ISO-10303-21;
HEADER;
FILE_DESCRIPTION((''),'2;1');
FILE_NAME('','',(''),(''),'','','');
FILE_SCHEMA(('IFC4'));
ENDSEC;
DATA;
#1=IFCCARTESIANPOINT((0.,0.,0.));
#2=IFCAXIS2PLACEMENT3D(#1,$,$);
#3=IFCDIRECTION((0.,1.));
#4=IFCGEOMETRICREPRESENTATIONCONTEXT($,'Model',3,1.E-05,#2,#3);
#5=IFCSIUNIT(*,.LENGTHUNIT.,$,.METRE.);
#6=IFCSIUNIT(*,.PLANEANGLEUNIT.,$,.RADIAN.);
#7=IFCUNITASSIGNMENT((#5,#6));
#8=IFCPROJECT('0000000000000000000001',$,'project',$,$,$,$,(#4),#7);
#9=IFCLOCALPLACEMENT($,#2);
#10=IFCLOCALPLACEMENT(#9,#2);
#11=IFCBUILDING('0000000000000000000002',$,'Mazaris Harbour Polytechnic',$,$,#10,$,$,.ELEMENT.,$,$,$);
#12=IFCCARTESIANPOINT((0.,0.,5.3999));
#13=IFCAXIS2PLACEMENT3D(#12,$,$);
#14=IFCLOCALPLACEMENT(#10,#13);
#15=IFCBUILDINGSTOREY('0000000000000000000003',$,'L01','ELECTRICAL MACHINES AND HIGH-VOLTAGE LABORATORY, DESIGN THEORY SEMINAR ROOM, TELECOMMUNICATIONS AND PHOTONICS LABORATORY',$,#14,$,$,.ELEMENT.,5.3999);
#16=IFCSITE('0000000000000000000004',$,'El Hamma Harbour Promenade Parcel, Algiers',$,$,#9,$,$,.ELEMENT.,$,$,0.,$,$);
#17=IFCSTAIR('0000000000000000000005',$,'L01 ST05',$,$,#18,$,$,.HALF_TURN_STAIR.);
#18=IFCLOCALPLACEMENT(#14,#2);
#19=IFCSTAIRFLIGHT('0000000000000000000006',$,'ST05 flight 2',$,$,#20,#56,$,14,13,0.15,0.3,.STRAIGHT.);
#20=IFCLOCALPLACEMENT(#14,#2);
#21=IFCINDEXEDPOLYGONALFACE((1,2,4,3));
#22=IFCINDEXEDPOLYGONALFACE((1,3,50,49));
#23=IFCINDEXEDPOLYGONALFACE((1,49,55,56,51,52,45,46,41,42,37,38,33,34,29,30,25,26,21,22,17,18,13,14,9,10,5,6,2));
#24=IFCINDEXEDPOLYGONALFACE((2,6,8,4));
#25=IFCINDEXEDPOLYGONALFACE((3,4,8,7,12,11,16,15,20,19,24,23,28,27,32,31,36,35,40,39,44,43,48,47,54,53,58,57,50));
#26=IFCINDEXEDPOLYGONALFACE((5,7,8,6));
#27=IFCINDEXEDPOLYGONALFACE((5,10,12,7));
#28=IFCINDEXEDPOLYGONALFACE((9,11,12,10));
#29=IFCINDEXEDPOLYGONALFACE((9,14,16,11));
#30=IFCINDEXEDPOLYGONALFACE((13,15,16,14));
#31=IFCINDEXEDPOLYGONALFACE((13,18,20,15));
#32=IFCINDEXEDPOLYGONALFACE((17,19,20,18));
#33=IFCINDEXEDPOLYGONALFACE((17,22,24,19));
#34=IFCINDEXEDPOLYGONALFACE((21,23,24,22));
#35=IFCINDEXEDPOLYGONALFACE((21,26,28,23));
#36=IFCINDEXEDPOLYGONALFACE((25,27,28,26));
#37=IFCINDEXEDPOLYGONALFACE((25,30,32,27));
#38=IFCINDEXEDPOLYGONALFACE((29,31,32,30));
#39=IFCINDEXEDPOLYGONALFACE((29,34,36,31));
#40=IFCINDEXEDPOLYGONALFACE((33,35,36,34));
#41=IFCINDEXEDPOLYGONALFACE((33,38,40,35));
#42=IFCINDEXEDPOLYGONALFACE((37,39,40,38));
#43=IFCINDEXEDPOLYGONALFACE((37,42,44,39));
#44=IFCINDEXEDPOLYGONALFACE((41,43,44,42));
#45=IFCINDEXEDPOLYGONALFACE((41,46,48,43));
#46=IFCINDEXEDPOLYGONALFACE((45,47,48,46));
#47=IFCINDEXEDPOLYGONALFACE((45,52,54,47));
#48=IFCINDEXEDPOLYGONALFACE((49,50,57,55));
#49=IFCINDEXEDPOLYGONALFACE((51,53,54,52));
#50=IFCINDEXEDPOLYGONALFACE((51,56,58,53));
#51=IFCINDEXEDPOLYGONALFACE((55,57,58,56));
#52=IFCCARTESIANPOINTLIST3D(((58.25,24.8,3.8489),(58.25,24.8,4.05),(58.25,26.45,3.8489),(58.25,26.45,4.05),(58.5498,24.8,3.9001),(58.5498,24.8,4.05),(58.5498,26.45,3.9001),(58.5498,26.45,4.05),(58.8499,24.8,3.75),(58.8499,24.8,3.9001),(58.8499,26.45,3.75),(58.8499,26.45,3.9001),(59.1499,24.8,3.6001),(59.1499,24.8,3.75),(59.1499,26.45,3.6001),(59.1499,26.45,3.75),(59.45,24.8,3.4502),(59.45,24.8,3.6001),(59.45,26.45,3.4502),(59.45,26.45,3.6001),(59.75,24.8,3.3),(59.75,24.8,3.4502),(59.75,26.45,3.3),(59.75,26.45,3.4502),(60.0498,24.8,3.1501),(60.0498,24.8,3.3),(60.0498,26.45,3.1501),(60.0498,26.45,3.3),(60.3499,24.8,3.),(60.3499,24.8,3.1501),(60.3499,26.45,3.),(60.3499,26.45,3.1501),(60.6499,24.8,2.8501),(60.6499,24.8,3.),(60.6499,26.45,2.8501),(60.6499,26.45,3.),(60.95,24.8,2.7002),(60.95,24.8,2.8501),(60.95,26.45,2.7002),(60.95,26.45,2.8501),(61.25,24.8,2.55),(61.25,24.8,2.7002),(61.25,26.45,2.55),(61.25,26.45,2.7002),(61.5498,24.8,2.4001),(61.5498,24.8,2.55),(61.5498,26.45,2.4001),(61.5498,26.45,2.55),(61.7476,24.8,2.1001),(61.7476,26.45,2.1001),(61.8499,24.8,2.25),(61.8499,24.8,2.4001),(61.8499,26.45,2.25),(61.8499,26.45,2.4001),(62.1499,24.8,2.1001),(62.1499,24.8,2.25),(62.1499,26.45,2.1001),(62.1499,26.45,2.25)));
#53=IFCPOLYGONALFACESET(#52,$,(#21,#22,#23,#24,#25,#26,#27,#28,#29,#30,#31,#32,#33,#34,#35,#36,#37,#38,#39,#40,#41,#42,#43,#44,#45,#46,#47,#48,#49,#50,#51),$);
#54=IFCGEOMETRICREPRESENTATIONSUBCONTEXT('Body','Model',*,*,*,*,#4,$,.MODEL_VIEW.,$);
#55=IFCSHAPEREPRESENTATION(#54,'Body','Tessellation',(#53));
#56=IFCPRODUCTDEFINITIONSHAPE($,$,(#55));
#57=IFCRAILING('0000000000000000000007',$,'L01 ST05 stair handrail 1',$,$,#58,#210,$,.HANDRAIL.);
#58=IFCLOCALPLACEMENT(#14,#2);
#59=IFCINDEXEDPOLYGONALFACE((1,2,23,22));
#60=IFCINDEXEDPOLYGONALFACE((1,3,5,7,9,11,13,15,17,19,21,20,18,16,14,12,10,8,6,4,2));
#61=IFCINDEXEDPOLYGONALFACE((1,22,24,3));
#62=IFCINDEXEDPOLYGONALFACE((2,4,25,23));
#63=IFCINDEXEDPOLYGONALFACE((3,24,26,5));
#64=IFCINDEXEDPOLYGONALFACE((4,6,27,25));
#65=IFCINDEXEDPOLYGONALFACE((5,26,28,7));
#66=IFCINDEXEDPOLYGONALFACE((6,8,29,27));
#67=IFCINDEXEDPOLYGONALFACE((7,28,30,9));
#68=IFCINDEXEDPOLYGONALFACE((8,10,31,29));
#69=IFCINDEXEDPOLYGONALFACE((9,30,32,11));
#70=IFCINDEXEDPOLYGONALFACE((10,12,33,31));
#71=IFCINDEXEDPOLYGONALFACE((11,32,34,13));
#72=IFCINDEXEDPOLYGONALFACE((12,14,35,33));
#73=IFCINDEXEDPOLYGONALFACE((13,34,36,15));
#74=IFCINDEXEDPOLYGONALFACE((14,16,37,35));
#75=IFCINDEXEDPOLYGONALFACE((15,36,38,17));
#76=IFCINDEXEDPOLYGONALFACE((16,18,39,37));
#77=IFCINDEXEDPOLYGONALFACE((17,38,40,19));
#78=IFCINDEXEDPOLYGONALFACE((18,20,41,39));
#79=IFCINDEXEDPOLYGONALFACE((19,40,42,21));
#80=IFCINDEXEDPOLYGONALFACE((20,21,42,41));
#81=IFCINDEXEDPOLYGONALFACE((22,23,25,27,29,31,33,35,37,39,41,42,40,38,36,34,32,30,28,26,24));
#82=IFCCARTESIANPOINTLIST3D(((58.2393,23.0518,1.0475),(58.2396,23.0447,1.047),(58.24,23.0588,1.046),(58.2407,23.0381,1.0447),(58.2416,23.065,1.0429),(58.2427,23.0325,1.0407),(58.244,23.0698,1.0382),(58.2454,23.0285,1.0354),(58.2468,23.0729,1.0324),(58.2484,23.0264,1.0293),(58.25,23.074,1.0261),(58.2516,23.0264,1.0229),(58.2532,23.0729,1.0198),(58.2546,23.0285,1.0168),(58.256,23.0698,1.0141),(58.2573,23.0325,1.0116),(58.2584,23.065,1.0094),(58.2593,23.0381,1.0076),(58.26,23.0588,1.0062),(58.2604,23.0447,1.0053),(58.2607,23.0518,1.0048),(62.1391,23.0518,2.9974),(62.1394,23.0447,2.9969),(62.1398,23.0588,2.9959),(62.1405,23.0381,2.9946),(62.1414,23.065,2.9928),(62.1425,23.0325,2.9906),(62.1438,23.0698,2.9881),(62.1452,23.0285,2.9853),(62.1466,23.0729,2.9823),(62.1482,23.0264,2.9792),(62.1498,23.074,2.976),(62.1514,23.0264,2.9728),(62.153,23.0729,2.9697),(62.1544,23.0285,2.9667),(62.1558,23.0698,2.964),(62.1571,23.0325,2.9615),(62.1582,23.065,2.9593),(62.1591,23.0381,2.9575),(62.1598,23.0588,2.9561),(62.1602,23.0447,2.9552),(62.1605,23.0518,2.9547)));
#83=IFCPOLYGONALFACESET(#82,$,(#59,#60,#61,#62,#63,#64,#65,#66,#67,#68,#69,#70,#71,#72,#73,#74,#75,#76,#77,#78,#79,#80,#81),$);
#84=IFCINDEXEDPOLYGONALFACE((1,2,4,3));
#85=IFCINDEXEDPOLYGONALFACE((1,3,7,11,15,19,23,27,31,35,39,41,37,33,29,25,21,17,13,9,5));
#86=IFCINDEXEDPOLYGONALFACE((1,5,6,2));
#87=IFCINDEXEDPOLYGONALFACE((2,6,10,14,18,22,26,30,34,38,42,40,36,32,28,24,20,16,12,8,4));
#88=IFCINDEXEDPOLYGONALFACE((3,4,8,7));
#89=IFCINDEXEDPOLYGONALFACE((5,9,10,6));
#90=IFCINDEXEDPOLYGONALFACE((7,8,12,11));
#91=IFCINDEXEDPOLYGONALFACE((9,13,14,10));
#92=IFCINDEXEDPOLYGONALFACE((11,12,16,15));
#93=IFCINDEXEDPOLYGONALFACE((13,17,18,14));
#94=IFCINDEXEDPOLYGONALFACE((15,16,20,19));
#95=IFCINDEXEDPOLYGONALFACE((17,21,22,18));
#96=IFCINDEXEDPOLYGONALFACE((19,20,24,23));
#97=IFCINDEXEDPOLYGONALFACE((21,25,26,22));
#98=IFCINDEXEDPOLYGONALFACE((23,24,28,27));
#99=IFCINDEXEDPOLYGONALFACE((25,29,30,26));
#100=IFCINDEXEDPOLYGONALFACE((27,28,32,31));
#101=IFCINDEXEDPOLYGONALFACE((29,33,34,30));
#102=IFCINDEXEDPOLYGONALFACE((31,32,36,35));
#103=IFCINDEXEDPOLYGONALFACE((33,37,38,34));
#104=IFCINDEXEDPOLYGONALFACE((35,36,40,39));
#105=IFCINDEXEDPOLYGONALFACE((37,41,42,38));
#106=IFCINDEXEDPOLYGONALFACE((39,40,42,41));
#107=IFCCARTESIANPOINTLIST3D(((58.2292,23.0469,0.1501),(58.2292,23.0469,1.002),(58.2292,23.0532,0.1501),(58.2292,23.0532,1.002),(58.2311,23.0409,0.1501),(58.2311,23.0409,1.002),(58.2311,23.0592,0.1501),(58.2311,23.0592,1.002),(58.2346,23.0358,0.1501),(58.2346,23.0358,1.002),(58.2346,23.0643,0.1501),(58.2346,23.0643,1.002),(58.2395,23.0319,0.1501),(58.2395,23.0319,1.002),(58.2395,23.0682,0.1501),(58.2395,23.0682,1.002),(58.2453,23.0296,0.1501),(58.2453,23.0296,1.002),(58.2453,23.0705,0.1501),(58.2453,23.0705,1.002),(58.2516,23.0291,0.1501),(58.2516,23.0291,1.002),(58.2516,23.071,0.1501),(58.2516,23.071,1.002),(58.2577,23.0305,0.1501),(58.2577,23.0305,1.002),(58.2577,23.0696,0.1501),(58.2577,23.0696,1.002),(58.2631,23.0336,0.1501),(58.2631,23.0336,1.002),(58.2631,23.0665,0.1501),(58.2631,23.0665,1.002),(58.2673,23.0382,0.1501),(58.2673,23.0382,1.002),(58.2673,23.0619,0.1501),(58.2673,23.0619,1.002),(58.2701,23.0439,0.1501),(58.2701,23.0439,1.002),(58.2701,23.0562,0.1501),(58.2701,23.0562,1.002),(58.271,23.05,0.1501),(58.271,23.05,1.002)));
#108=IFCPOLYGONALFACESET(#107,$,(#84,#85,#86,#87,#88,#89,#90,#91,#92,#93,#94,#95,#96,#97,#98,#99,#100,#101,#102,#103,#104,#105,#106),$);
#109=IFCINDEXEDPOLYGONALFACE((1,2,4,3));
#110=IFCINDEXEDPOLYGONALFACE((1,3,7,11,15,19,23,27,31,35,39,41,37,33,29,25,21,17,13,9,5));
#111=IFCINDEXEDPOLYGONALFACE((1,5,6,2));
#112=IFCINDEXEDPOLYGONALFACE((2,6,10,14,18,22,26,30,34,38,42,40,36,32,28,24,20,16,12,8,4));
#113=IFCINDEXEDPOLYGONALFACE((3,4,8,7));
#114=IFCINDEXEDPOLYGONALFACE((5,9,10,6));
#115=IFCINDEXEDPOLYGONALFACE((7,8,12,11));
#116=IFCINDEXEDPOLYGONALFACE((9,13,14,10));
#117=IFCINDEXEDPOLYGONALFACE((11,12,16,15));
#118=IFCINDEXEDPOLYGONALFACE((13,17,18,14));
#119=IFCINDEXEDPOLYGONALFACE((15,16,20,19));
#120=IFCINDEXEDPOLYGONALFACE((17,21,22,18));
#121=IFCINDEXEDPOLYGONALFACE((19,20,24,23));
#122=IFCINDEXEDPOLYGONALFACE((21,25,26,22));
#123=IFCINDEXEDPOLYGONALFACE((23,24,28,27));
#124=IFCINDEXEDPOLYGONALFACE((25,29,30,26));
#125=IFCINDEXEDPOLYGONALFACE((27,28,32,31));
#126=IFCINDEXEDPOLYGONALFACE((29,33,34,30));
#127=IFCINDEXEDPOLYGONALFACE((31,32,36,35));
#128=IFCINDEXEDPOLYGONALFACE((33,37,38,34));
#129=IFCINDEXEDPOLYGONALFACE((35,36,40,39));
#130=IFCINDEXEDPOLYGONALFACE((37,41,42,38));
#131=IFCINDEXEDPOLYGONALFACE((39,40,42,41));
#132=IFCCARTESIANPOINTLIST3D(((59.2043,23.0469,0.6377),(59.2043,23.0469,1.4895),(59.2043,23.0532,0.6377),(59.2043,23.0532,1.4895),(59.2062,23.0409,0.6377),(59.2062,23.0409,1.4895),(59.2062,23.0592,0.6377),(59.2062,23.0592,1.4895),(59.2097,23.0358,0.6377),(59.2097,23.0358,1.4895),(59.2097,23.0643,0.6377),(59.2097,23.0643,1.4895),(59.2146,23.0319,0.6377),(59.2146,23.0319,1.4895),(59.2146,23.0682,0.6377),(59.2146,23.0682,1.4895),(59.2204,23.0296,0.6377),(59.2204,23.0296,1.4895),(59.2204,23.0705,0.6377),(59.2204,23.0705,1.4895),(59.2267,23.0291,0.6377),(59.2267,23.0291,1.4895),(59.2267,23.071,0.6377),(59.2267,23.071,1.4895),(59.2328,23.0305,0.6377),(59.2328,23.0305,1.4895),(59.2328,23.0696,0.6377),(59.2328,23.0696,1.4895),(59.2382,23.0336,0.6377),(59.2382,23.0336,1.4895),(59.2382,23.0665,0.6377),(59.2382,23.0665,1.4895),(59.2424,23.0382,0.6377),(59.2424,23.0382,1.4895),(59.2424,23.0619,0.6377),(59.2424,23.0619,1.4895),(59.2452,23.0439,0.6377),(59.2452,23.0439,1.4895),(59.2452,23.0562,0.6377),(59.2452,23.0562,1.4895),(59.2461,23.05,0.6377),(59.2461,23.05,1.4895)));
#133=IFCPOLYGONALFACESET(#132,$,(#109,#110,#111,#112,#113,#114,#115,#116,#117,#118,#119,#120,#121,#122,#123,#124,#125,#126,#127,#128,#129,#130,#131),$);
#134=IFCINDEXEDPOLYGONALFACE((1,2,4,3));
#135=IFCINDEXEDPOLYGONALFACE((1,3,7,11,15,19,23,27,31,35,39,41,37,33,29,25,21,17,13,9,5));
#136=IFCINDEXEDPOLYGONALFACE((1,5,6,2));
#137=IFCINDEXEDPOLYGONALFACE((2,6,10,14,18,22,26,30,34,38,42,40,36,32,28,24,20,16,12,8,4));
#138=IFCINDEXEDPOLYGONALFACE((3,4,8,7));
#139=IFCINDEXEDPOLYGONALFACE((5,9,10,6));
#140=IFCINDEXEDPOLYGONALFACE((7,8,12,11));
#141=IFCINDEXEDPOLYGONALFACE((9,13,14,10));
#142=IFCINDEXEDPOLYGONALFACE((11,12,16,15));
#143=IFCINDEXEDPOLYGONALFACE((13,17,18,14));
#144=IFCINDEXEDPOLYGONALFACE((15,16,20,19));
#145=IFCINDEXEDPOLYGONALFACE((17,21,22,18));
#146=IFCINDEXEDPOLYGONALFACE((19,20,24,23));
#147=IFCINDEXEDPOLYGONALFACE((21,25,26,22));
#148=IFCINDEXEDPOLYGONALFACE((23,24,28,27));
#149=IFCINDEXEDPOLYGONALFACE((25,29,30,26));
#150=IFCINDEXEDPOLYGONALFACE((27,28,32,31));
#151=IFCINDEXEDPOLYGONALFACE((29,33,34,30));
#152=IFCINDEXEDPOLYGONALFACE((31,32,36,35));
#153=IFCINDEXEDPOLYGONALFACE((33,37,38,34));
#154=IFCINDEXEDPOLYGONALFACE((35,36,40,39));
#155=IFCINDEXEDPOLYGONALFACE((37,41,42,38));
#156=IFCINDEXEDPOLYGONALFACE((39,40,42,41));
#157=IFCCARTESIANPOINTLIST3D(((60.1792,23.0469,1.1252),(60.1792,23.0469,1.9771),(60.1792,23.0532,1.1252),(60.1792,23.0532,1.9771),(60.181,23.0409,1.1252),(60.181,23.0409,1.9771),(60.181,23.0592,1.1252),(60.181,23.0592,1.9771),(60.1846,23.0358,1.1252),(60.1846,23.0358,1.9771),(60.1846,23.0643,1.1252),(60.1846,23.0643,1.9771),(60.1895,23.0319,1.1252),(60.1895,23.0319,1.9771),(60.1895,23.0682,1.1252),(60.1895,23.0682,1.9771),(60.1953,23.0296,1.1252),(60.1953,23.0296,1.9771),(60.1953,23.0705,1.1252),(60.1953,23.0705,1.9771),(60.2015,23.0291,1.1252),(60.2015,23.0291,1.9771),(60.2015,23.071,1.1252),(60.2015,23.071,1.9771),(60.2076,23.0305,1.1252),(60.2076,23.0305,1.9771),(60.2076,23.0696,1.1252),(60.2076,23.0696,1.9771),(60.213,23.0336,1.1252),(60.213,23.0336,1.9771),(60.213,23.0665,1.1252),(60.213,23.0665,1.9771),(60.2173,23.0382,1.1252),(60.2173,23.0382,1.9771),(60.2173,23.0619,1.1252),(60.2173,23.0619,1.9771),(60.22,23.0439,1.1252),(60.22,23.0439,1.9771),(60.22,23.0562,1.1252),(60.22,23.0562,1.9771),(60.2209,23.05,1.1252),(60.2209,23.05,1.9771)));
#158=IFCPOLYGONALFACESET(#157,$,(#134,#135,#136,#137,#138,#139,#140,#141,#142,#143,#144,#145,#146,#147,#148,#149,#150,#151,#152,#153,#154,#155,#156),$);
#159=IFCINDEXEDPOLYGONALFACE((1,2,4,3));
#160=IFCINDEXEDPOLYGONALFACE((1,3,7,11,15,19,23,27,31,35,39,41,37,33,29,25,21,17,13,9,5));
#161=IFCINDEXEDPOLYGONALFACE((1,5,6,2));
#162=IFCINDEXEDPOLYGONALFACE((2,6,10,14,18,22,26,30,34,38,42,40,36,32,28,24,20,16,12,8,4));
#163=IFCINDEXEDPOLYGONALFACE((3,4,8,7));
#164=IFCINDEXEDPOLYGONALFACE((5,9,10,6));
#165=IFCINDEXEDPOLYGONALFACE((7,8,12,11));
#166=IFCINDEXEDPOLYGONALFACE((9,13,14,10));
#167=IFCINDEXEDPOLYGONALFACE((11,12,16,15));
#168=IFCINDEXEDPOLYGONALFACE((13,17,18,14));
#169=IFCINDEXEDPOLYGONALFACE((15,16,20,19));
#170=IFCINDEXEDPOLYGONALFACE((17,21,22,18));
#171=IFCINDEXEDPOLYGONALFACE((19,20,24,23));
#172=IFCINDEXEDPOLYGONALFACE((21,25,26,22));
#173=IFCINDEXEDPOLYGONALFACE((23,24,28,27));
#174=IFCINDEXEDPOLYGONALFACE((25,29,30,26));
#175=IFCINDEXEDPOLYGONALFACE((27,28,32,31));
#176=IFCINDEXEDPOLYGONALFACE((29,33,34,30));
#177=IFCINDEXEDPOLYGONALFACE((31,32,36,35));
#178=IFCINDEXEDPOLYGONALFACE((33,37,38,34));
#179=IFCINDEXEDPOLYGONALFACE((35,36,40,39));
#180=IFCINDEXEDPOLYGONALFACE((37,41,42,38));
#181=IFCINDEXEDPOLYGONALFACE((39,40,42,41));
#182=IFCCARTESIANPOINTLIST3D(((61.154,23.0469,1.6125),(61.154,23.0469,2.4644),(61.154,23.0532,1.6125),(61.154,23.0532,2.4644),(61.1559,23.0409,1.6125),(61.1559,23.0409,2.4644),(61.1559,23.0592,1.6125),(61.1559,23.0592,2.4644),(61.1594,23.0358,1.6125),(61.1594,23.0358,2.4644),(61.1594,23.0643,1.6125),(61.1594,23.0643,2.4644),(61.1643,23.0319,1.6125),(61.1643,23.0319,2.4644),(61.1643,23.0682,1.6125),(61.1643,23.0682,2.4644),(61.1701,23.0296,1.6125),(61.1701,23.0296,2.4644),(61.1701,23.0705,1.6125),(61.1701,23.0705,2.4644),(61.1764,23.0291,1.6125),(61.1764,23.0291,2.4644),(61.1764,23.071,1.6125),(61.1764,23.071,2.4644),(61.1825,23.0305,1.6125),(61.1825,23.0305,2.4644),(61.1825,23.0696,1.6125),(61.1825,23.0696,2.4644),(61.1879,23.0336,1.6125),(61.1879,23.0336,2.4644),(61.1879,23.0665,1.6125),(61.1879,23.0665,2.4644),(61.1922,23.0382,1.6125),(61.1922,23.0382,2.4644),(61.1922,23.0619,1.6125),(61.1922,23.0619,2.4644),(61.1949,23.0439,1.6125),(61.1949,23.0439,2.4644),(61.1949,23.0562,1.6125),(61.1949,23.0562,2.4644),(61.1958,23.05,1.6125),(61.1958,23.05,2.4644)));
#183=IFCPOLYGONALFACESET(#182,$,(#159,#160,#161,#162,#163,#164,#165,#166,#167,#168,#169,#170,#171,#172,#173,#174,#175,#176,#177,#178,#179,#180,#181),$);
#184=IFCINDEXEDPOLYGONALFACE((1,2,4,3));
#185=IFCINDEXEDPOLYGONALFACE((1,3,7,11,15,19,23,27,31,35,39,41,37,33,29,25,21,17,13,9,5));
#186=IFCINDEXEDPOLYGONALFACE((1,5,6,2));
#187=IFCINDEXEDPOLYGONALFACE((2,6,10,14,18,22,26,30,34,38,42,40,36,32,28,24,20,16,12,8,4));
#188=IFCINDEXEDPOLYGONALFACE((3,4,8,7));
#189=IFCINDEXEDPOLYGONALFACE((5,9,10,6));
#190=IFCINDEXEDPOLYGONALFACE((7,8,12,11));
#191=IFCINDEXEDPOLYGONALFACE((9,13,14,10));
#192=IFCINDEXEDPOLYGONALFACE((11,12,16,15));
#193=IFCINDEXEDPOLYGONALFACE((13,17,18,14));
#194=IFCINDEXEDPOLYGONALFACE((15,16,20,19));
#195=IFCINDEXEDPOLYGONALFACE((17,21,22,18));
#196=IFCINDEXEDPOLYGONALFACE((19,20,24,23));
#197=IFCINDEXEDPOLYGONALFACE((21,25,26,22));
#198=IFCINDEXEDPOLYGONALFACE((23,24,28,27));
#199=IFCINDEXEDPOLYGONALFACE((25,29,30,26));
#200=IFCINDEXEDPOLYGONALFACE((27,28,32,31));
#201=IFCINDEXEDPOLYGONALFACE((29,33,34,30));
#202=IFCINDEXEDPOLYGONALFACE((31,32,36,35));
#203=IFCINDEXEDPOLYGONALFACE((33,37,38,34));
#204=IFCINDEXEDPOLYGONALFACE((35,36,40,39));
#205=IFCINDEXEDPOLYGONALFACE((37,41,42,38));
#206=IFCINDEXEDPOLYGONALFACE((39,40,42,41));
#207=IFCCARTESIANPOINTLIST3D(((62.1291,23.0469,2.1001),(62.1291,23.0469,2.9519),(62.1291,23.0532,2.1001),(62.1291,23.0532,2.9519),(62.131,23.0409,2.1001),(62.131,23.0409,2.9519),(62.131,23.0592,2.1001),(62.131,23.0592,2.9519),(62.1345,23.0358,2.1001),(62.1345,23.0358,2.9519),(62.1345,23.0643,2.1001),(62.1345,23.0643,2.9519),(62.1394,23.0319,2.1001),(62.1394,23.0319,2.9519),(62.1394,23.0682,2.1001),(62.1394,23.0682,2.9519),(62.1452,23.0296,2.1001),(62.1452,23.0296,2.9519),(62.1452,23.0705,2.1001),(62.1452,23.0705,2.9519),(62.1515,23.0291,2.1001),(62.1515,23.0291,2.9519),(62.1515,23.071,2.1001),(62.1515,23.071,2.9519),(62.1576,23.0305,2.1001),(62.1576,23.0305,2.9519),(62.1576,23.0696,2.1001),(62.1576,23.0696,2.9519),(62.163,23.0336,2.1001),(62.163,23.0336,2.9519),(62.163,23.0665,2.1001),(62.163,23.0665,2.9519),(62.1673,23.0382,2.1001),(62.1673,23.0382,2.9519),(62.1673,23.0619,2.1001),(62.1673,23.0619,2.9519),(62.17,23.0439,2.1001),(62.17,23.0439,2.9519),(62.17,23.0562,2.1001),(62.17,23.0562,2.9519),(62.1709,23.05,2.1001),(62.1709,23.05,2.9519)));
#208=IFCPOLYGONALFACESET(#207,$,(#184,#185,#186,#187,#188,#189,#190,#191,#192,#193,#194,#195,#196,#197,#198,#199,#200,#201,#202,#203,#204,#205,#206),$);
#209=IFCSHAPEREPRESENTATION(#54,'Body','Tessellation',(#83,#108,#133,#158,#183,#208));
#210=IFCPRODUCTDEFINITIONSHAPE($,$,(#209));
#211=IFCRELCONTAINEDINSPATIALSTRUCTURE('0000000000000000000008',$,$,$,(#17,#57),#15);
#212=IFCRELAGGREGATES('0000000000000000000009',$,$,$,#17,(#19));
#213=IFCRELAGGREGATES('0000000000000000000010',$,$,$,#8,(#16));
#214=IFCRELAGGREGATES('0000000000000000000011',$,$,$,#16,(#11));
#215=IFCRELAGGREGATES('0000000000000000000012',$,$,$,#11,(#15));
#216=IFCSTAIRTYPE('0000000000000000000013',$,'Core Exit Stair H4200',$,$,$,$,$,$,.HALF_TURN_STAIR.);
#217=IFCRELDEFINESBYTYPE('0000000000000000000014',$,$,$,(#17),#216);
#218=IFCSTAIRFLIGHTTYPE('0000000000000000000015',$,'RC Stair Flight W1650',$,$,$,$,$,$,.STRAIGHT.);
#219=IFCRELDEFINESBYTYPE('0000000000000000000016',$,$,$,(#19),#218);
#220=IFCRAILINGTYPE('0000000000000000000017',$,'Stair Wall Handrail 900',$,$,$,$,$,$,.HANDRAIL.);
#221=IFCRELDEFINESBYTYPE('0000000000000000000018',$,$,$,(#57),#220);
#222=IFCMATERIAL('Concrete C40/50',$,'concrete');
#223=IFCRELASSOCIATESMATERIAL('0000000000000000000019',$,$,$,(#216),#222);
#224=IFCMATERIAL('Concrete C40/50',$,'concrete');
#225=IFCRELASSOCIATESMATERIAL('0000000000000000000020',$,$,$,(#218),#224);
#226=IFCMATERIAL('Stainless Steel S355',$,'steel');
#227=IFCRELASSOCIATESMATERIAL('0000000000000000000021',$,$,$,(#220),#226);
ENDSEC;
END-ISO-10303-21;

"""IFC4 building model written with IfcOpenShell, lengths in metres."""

from ifc_helpers import new_model, si_unit, direction, frame, origin, origin_2d, place, context, subcontext, project, spatial, polyline, circle, outline, extrude, material, type_object, element, aggregate, save


model = new_model("IFC4")

# Units and contexts
model_context = context("Model", 3, precision=1e-05, world=origin(), true_north=direction((0.0, 1.0)))
body_context = subcontext(model_context, "Body", "Model", "MODEL_VIEW")
ifc_project = project(units=[si_unit("LENGTHUNIT", "METRE"), si_unit("PLANEANGLEUNIT", "RADIAN")], contexts=[model_context])

# Site, building, storey
site_placement = place(None, origin())
site = spatial("IfcSite", under=ifc_project, at=site_placement, Name="El Hamma Harbour Promenade Parcel, Algiers", CompositionType="ELEMENT", RefElevation=0.0)
building_placement = place(site_placement, origin())
building = spatial("IfcBuilding", under=site, at=building_placement, Name="Mazaris Harbour Polytechnic", CompositionType="ELEMENT")
storey_placement = place(building_placement, frame((0.0, 0.0, 5.3999)))
storey = spatial("IfcBuildingStorey", under=building, at=storey_placement, Name="L01", Description="ELECTRICAL MACHINES AND HIGH-VOLTAGE LABORATORY, DESIGN THEORY SEMINAR ROOM, TELECOMMUNICATIONS AND PHOTONICS LABORATORY", CompositionType="ELEMENT", Elevation=5.3999)

# Stair, stair flight
ifc_material_1 = material(Name="Concrete C40/50", Category="concrete")
stair_type = type_object("IfcStairType", Name="Core Exit Stair H4200", PredefinedType="HALF_TURN_STAIR", material=ifc_material_1)
stair_placement = place(storey_placement, origin())
stair = element("IfcStair", 1, at=stair_placement, inside=storey, type_object=stair_type, Name="L01 ST05", PredefinedType="HALF_TURN_STAIR")
ifc_material_2 = material(Name="Concrete C40/50", Category="concrete")
stair_flight_type = type_object("IfcStairFlightType", Name="RC Stair Flight W1650", PredefinedType="STRAIGHT", material=ifc_material_2)
stair_flight_1_placement = place(storey_placement, frame((62.1499, 25.625, 2.1001), z_axis=(0.0, 0.0, 1.0), x_axis=(-1.0, 0.0, 0.0)))
stair_flight_1 = element("IfcStairFlight", 2, at=stair_flight_1_placement, type_object=stair_flight_type, Name="ST05 flight 2", NumberOfRisers=14, NumberOfTreads=13, PredefinedType="STRAIGHT", RiserHeight=0.15, TreadLength=0.3, context=body_context, shape_type="SweptSolid", body=[
    extrude(outline(polyline([(0.0, 0.0), (0.0, 0.1499), (0.3, 0.1499), (0.3, 0.3), (0.6001, 0.3), (0.6001, 0.45), (0.8999, 0.45), (0.8999, 0.6001), (1.2, 0.6001), (1.2, 0.75), (1.5, 0.75), (1.5, 0.8999), (1.8, 0.8999), (1.8, 1.05), (2.1001, 1.05), (2.1001, 1.2), (2.3999, 1.2), (2.3999, 1.3501), (2.7, 1.3501), (2.7, 1.5), (3.0, 1.5), (3.0, 1.6499), (3.3, 1.6499), (3.3, 1.8), (3.6001, 1.8), (3.6001, 1.95), (3.8999, 1.95), (3.8999, 2.1001), (3.8999, 1.7488), (0.4023, 0.0), (0.0, 0.0)])), frame((0.0, 0.825, 0.0), z_axis=(0.0, -1.0, 0.0), x_axis=(1.0, 0.0, 0.0)), (0.0, 0.0, 1.0), 1.6499),
])
aggregate(stair, [stair_flight_1])

# Railing
ifc_material_3 = material(Name="Stainless Steel S355", Category="steel")
railing_type_1 = type_object("IfcRailingType", Name="Stair Wall Handrail 900", PredefinedType="HANDRAIL", material=ifc_material_3)
railing_1_placement = place(storey_placement, frame((58.25, 23.05, 0.1501)))
element("IfcRailing", 3, at=railing_1_placement, inside=storey, type_object=railing_type_1, Name="L01 ST05 stair handrail 1", PredefinedType="HANDRAIL", context=body_context, shape_type="SweptSolid", body=[
    extrude(circle(Radius=0.0239, at=origin_2d()), frame((0.0, 0.0, 0.876), z_axis=(0.894427, 0.0, 0.447214), x_axis=(0.0, 1.0, 0.0)), (0.0, 0.0, 1.0), 4.3601),
    extrude(circle(Radius=0.021, at=origin_2d()), origin(), (0.0, 0.0, 1.0), 0.8518),
    extrude(circle(Radius=0.021, at=origin_2d()), frame((0.9751, 0.0, 0.4875)), (0.0, 0.0, 1.0), 0.8518),
    extrude(circle(Radius=0.021, at=origin_2d()), frame((1.95, 0.0, 0.9751)), (0.0, 0.0, 1.0), 0.8518),
    extrude(circle(Radius=0.021, at=origin_2d()), frame((2.9248, 0.0, 1.4624)), (0.0, 0.0, 1.0), 0.8518),
    extrude(circle(Radius=0.021, at=origin_2d()), frame((3.8999, 0.0, 1.95)), (0.0, 0.0, 1.0), 0.8518),
])

save(model, "model.ifc")
